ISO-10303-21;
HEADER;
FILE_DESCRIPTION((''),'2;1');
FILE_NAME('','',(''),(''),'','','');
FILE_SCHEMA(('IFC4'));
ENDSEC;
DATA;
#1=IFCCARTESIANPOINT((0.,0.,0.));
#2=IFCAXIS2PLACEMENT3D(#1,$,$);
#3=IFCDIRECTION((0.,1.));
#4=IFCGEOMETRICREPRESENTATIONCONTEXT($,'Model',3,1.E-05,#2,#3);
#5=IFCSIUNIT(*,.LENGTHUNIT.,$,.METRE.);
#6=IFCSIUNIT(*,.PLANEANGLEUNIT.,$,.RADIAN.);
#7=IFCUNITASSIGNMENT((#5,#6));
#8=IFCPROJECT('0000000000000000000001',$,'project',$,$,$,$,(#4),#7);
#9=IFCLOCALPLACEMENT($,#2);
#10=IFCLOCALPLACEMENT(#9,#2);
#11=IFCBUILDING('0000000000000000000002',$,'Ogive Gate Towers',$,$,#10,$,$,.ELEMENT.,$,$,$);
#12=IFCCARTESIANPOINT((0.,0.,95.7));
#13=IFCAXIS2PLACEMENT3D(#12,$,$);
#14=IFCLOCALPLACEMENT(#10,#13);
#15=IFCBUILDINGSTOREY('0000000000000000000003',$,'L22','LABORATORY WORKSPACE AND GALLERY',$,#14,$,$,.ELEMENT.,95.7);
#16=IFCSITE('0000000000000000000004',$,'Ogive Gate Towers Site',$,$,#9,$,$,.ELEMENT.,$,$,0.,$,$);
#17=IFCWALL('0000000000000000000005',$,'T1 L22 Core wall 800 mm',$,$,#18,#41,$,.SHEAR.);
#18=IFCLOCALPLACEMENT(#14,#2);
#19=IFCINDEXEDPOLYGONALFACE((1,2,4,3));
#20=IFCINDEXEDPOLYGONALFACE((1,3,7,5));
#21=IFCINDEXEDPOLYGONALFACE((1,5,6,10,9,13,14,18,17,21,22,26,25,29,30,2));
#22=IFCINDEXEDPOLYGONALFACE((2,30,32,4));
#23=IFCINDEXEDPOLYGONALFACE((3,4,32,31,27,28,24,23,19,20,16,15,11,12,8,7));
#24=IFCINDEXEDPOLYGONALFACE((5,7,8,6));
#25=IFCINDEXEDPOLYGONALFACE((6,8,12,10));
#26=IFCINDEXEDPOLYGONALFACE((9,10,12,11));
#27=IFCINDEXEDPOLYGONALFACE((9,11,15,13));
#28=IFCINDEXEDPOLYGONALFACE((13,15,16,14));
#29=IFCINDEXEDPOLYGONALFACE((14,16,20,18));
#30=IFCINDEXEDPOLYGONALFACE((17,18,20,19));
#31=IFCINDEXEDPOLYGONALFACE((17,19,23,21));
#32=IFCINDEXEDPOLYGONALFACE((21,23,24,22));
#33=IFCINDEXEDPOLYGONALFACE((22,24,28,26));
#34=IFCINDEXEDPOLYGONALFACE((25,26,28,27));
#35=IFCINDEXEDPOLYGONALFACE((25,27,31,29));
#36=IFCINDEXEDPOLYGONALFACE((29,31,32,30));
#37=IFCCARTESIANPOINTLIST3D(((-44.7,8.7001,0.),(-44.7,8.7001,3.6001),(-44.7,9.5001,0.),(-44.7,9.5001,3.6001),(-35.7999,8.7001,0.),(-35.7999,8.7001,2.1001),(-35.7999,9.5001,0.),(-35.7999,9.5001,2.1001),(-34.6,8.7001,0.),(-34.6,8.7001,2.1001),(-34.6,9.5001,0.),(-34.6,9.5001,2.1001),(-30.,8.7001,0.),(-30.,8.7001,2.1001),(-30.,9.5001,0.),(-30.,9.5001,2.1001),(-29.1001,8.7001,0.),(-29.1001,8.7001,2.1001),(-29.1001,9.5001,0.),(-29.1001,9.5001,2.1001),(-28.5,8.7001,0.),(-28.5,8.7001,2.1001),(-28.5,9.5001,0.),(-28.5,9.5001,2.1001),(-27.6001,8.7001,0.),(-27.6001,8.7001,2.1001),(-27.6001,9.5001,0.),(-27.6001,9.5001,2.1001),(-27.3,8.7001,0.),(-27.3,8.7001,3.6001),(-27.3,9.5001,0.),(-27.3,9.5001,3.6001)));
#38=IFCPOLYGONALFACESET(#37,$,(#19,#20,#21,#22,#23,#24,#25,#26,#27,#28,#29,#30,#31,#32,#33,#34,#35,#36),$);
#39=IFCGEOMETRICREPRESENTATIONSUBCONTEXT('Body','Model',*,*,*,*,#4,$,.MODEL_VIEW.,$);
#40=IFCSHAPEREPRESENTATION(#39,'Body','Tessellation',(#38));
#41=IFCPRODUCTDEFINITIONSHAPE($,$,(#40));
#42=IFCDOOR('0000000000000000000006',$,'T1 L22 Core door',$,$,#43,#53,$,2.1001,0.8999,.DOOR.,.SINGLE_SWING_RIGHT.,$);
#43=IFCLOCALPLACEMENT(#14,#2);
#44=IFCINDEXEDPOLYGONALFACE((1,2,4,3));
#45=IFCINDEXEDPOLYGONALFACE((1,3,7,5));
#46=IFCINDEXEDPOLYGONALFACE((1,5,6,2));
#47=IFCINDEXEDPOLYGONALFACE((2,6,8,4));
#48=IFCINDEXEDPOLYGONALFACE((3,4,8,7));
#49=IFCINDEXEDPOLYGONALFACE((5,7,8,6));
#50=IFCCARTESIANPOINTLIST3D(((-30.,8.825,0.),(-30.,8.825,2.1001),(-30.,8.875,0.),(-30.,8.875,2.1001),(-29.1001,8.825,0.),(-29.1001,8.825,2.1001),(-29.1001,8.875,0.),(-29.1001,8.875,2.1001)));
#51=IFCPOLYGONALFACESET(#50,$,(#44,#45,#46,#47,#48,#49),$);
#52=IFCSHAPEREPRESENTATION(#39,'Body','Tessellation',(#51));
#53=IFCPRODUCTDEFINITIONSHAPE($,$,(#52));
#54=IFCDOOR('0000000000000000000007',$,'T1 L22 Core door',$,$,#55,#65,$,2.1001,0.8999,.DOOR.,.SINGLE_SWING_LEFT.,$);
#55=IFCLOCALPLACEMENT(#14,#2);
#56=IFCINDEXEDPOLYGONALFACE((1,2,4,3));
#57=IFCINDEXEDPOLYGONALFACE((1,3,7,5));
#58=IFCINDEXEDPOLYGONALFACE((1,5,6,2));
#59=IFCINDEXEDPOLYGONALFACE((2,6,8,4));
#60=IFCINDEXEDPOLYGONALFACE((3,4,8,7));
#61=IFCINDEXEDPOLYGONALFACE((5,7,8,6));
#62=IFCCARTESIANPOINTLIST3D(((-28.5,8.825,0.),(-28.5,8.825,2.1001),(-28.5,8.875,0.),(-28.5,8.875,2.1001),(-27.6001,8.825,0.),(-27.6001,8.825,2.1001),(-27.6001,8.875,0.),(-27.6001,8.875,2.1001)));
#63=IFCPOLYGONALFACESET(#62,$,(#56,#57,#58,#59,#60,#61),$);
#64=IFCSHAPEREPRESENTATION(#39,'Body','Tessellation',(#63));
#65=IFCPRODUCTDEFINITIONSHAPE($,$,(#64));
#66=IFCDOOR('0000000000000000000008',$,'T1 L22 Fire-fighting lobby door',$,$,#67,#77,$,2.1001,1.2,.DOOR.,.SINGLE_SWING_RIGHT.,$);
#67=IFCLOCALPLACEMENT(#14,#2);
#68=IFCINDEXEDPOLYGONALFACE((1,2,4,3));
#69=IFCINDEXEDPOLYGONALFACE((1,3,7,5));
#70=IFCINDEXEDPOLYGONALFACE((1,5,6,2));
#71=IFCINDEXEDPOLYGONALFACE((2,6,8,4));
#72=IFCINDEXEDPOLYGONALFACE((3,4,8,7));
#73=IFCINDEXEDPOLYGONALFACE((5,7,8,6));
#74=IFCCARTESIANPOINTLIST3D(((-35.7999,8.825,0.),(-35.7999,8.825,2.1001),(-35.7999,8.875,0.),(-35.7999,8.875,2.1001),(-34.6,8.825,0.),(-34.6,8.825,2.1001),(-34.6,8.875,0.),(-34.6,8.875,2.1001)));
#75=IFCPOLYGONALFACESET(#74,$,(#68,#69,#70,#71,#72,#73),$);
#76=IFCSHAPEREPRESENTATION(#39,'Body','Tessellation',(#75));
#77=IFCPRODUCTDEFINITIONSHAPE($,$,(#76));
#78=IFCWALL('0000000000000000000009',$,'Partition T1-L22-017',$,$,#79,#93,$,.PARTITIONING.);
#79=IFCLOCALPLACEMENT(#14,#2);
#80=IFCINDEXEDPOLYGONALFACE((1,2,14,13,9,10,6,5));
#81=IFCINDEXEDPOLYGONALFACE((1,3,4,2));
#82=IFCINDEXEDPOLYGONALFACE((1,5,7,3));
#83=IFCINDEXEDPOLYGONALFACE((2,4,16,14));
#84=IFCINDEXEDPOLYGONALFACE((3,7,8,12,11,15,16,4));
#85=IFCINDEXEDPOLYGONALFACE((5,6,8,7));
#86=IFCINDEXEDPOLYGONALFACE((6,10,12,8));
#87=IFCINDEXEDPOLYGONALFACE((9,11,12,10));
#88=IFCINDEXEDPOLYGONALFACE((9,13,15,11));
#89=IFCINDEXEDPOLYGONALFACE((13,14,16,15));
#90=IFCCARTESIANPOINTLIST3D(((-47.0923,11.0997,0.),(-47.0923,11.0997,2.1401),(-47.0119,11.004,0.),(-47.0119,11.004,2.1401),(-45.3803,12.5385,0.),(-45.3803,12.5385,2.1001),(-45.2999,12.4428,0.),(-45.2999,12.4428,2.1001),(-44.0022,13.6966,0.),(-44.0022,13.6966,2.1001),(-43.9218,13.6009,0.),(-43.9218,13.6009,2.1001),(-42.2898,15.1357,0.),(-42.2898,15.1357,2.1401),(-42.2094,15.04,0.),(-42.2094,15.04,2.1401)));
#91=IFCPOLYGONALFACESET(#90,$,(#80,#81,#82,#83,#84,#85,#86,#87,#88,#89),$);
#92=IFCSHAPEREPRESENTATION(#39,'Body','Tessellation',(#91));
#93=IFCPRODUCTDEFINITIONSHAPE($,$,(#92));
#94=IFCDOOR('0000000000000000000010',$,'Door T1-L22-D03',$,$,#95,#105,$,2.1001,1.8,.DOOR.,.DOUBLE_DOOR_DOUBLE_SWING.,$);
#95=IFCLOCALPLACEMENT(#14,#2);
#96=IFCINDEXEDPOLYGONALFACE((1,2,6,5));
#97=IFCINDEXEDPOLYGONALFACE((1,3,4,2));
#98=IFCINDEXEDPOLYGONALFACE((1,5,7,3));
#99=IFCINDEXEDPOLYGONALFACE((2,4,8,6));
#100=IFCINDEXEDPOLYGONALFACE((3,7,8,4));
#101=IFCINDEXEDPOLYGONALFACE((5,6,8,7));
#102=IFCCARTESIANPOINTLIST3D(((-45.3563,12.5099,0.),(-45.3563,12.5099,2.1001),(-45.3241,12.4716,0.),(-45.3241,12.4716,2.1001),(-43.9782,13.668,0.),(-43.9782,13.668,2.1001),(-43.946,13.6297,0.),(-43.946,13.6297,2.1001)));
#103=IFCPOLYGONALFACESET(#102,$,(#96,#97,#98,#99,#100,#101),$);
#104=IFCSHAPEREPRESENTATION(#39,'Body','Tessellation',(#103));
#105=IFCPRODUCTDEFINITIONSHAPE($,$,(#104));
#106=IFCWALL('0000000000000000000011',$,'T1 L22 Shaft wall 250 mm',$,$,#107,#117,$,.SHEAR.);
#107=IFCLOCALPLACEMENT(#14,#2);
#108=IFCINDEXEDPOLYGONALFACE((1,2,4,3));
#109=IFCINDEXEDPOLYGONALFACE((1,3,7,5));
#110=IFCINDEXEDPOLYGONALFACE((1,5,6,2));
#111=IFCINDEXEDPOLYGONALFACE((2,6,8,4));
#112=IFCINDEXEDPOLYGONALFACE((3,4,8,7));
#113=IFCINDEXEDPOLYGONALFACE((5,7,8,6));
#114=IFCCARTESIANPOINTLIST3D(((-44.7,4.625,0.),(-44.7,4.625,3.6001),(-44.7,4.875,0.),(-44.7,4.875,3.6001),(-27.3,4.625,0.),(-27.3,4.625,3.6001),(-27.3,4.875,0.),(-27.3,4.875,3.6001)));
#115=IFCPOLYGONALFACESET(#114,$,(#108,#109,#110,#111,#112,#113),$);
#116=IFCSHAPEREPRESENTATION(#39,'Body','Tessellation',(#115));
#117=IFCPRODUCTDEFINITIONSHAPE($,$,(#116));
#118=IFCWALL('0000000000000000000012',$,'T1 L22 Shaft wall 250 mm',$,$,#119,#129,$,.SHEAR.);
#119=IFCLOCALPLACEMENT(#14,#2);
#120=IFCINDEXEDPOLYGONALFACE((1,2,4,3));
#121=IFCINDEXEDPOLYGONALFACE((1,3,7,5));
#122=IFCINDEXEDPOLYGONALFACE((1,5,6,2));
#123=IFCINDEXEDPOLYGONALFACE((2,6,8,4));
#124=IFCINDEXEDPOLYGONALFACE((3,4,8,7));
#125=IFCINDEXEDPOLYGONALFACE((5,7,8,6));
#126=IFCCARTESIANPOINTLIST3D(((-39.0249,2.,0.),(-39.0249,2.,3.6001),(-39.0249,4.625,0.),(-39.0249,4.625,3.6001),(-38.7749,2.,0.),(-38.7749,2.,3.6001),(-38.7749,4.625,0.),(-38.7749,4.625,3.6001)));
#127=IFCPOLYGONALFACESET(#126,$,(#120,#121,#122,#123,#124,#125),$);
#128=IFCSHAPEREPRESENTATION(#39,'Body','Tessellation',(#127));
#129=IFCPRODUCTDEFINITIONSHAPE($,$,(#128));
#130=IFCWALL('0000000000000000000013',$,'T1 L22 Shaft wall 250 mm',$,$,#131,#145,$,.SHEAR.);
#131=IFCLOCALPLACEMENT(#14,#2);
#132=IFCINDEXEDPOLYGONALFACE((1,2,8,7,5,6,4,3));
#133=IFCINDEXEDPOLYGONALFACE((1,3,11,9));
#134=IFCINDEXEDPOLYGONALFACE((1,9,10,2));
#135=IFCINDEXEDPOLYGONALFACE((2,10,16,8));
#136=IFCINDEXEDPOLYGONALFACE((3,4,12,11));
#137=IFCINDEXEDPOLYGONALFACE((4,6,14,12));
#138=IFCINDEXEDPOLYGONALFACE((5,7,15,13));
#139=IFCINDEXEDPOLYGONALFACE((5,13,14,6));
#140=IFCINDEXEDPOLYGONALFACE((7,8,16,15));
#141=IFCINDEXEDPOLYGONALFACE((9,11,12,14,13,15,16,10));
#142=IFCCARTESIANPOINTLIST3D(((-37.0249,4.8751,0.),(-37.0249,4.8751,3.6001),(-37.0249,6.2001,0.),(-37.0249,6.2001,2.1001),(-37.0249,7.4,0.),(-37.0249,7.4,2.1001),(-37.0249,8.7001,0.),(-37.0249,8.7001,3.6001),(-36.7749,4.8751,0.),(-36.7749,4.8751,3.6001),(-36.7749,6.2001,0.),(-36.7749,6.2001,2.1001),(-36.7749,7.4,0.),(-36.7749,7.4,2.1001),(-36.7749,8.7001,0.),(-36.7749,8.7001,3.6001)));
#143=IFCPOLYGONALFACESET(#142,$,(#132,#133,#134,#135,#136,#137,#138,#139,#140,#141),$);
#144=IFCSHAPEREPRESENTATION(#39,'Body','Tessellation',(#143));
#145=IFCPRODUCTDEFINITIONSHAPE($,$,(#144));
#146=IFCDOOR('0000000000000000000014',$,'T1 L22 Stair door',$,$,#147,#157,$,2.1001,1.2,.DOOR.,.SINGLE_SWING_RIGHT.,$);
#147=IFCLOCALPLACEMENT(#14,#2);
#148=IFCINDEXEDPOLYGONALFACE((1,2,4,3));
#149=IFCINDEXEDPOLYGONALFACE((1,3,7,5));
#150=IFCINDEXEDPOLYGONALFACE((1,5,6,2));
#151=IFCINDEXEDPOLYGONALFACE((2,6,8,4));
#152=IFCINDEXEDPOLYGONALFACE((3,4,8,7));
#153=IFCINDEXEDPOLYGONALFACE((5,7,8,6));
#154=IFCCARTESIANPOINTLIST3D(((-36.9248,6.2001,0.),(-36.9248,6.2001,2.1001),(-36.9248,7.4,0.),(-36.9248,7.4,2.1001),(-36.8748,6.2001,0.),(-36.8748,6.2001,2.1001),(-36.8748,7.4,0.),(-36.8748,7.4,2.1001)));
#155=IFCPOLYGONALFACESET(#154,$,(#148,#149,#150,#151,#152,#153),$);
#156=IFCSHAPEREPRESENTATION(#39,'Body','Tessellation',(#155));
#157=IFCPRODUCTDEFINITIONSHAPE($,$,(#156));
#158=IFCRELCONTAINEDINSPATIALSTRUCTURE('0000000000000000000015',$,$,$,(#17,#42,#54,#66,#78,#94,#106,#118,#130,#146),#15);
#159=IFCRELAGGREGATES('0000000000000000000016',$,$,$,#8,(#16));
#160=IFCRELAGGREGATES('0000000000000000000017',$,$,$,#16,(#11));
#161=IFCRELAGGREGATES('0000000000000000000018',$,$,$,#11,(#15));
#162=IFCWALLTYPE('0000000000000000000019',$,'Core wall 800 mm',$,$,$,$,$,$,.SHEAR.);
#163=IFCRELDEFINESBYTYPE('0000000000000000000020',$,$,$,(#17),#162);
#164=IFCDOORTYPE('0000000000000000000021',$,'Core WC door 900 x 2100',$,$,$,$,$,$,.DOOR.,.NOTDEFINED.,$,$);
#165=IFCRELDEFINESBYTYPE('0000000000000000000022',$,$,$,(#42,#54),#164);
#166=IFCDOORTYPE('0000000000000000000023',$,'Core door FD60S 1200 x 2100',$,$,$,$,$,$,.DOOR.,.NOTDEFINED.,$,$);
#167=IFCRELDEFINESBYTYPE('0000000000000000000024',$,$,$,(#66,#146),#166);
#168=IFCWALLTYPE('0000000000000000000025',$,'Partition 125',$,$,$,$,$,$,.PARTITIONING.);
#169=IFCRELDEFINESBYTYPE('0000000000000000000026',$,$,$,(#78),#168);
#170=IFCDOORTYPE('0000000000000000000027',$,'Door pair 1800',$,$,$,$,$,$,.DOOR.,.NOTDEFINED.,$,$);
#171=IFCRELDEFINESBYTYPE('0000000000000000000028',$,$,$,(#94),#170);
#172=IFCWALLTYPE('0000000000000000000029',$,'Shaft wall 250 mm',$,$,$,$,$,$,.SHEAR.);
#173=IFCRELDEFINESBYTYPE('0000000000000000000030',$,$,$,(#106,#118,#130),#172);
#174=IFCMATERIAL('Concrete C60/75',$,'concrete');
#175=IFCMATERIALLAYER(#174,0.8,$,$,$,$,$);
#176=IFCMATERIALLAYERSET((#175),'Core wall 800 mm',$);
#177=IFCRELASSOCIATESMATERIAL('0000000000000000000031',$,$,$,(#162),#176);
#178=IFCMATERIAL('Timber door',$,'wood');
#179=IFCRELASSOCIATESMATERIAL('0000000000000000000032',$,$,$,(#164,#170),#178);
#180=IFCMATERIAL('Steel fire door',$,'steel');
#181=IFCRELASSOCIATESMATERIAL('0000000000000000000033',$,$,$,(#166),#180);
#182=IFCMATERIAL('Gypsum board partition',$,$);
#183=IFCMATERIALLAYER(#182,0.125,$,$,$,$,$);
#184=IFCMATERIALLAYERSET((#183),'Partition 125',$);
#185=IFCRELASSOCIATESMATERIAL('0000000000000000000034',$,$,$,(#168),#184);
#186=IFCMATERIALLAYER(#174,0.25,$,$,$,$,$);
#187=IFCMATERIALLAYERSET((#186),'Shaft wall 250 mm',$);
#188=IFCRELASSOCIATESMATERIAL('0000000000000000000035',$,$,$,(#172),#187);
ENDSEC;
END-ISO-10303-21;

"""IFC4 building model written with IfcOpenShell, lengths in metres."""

from ifc_helpers import new_model, si_unit, direction, frame, frame_2d, origin, place, context, subcontext, project, spatial, rectangle, extrude, material, layer, layer_set, type_object, element, fill, save


model = new_model("IFC4")

# Units and contexts
model_context = context("Model", 3, precision=1e-05, world=origin(), true_north=direction((0.0, 1.0)))
body_context = subcontext(model_context, "Body", "Model", "MODEL_VIEW")
ifc_project = project(units=[si_unit("LENGTHUNIT", "METRE"), si_unit("PLANEANGLEUNIT", "RADIAN")], contexts=[model_context])

# Site, building, storey
site_placement = place(None, origin())
site = spatial("IfcSite", under=ifc_project, at=site_placement, Name="Ogive Gate Towers Site", CompositionType="ELEMENT", RefElevation=0.0)
building_placement = place(site_placement, origin())
building = spatial("IfcBuilding", under=site, at=building_placement, Name="Ogive Gate Towers", CompositionType="ELEMENT")
storey_placement = place(building_placement, frame((0.0, 0.0, 95.7)))
storey = spatial("IfcBuildingStorey", under=building, at=storey_placement, Name="L22", Description="LABORATORY WORKSPACE AND GALLERY", CompositionType="ELEMENT", Elevation=95.7)

# Wall, openings, doors
ifc_material_1 = material(Name="Concrete C60/75", Category="concrete")
ifc_layer_1 = layer(ifc_material_1, 0.8)
ifc_layer_set_1 = layer_set([ifc_layer_1], Name="Core wall 800 mm")
wall_type_1 = type_object("IfcWallType", Name="Core wall 800 mm", PredefinedType="SHEAR", material=ifc_layer_set_1)
wall_1_placement = place(storey_placement, frame((-44.7, 9.1001, 0.0), z_axis=(0.0, 0.0, 1.0), x_axis=(1.0, 0.0, 0.0)))
wall_1 = element("IfcWall", 1, at=wall_1_placement, inside=storey, type_object=wall_type_1, Name="T1 L22 Core wall 800 mm", PredefinedType="SHEAR", context=body_context, shape_type="SweptSolid", body=[
    extrude(rectangle(XDim=17.3999, YDim=0.8, at=frame_2d((8.7, 0.0))), origin(), (0.0, 0.0, 1.0), 3.6001),
])
opening_1_placement = place(wall_1_placement, frame((8.8999, 0.0, 0.0)))
opening_1 = element("IfcOpeningElement", 2, at=opening_1_placement, cuts=wall_1, PredefinedType="OPENING", context=body_context, shape_type="SweptSolid", body=[
    extrude(rectangle(XDim=1.2, YDim=2.1001, at=frame_2d((0.6001, 1.05))), frame((0.0, 0.4102, 0.0), z_axis=(0.0, -1.0, 0.0), x_axis=(1.0, 0.0, 0.0)), (0.0, 0.0, 1.0), 0.8201),
])
opening_2_placement = place(wall_1_placement, frame((14.7, 0.0, 0.0)))
opening_2 = element("IfcOpeningElement", 3, at=opening_2_placement, cuts=wall_1, PredefinedType="OPENING", context=body_context, shape_type="SweptSolid", body=[
    extrude(rectangle(XDim=0.8999, YDim=2.1001, at=frame_2d((0.45, 1.05))), frame((0.0, 0.4102, 0.0), z_axis=(0.0, -1.0, 0.0), x_axis=(1.0, 0.0, 0.0)), (0.0, 0.0, 1.0), 0.8201),
])
opening_3_placement = place(wall_1_placement, frame((16.2, 0.0, 0.0)))
opening_3 = element("IfcOpeningElement", 4, at=opening_3_placement, cuts=wall_1, PredefinedType="OPENING", context=body_context, shape_type="SweptSolid", body=[
    extrude(rectangle(XDim=0.8999, YDim=2.1001, at=frame_2d((0.45, 1.05))), frame((0.0, 0.4102, 0.0), z_axis=(0.0, -1.0, 0.0), x_axis=(1.0, 0.0, 0.0)), (0.0, 0.0, 1.0), 0.8201),
])
ifc_material_2 = material(Name="Timber door", Category="wood")
door_type_1 = type_object("IfcDoorType", Name="Core WC door 900 x 2100", OperationType="NOTDEFINED", PredefinedType="DOOR", material=ifc_material_2)
door_1_placement = place(opening_2_placement, origin())
door_1 = element("IfcDoor", 5, at=door_1_placement, inside=storey, type_object=door_type_1, Name="T1 L22 Core door", OperationType="SINGLE_SWING_RIGHT", OverallHeight=2.1001, OverallWidth=0.8999, PredefinedType="DOOR", context=body_context, shape_type="SweptSolid", body=[
    extrude(rectangle(XDim=0.8999, YDim=2.1001, at=frame_2d((0.45, 1.05))), frame((0.0, -0.2251, 0.0), z_axis=(0.0, -1.0, 0.0), x_axis=(1.0, 0.0, 0.0)), (0.0, 0.0, 1.0), 0.05),
])
fill(opening_2, door_1)
door_2_placement = place(opening_3_placement, origin())
door_2 = element("IfcDoor", 6, at=door_2_placement, inside=storey, type_object=door_type_1, Name="T1 L22 Core door", OperationType="SINGLE_SWING_LEFT", OverallHeight=2.1001, OverallWidth=0.8999, PredefinedType="DOOR", context=body_context, shape_type="SweptSolid", body=[
    extrude(rectangle(XDim=0.8999, YDim=2.1001, at=frame_2d((0.45, 1.05))), frame((0.0, -0.2251, 0.0), z_axis=(0.0, -1.0, 0.0), x_axis=(1.0, 0.0, 0.0)), (0.0, 0.0, 1.0), 0.05),
])
fill(opening_3, door_2)
ifc_material_3 = material(Name="Steel fire door", Category="steel")
door_type_2 = type_object("IfcDoorType", Name="Core door FD60S 1200 x 2100", OperationType="NOTDEFINED", PredefinedType="DOOR", material=ifc_material_3)
door_3_placement = place(opening_1_placement, origin())
door_3 = element("IfcDoor", 7, at=door_3_placement, inside=storey, type_object=door_type_2, Name="T1 L22 Fire-fighting lobby door", OperationType="SINGLE_SWING_RIGHT", OverallHeight=2.1001, OverallWidth=1.2, PredefinedType="DOOR", context=body_context, shape_type="SweptSolid", body=[
    extrude(rectangle(XDim=1.2, YDim=2.1001, at=frame_2d((0.6001, 1.05))), frame((0.0, -0.2251, 0.0), z_axis=(0.0, -1.0, 0.0), x_axis=(1.0, 0.0, 0.0)), (0.0, 0.0, 1.0), 0.05),
])
fill(opening_1, door_3)

# Wall, opening, door
ifc_material_4 = material(Name="Gypsum board partition")
ifc_layer_2 = layer(ifc_material_4, 0.125)
ifc_layer_set_2 = layer_set([ifc_layer_2], Name="Partition 125")
wall_type_2 = type_object("IfcWallType", Name="Partition 125", PredefinedType="PARTITIONING", material=ifc_layer_set_2)
wall_2_placement = place(storey_placement, frame((-42.2495, 15.0879, 0.0), z_axis=(0.0, 0.0, 1.0), x_axis=(-0.765564, -0.64336, 0.0)))
wall_2 = element("IfcWall", 8, at=wall_2_placement, inside=storey, type_object=wall_type_2, Name="Partition T1-L22-017", PredefinedType="PARTITIONING", context=body_context, shape_type="SweptSolid", body=[
    extrude(rectangle(XDim=6.2732, YDim=0.125, at=frame_2d((3.1367, 0.0))), origin(), (0.0, 0.0, 1.0), 2.1401),
])
opening_4_placement = place(wall_2_placement, frame((2.2371, 0.0, 0.0)))
opening_4 = element("IfcOpeningElement", 9, at=opening_4_placement, cuts=wall_2, PredefinedType="OPENING", context=body_context, shape_type="SweptSolid", body=[
    extrude(rectangle(XDim=1.8, YDim=2.1001, at=frame_2d((0.8999, 1.05))), frame((0.0, 0.0725, 0.0), z_axis=(0.0, -1.0, 0.0), x_axis=(1.0, 0.0, 0.0)), (0.0, 0.0, 1.0), 0.145),
])
door_type_3 = type_object("IfcDoorType", Name="Door pair 1800", OperationType="NOTDEFINED", PredefinedType="DOOR", material=ifc_material_2)
door_4_placement = place(opening_4_placement, origin())
door_4 = element("IfcDoor", 10, at=door_4_placement, inside=storey, type_object=door_type_3, Name="Door T1-L22-D03", OperationType="DOUBLE_DOOR_DOUBLE_SWING", OverallHeight=2.1001, OverallWidth=1.8, PredefinedType="DOOR", context=body_context, shape_type="SweptSolid", body=[
    extrude(rectangle(XDim=1.8, YDim=2.1001, at=frame_2d((0.8999, 1.05))), frame((0.0, 0.0249, 0.0), z_axis=(0.0, -1.0, 0.0), x_axis=(1.0, 0.0, 0.0)), (0.0, 0.0, 1.0), 0.05),
])
fill(opening_4, door_4)

# Walls
ifc_layer_3 = layer(ifc_material_1, 0.25)
ifc_layer_set_3 = layer_set([ifc_layer_3], Name="Shaft wall 250 mm")
wall_type_3 = type_object("IfcWallType", Name="Shaft wall 250 mm", PredefinedType="SHEAR", material=ifc_layer_set_3)
wall_3_placement = place(storey_placement, frame((-44.7, 4.75, 0.0), z_axis=(0.0, 0.0, 1.0), x_axis=(1.0, 0.0, 0.0)))
element("IfcWall", 11, at=wall_3_placement, inside=storey, type_object=wall_type_3, Name="T1 L22 Shaft wall 250 mm", PredefinedType="SHEAR", context=body_context, shape_type="SweptSolid", body=[
    extrude(rectangle(XDim=17.3999, YDim=0.25, at=frame_2d((8.7, 0.0))), origin(), (0.0, 0.0, 1.0), 3.6001),
])
wall_4_placement = place(storey_placement, frame((-38.8999, 2.0, 0.0), z_axis=(0.0, 0.0, 1.0), x_axis=(0.0, 1.0, 0.0)))
element("IfcWall", 12, at=wall_4_placement, inside=storey, type_object=wall_type_3, Name="T1 L22 Shaft wall 250 mm", PredefinedType="SHEAR", context=body_context, shape_type="SweptSolid", body=[
    extrude(rectangle(XDim=2.625, YDim=0.25, at=frame_2d((1.3125, 0.0))), origin(), (0.0, 0.0, 1.0), 3.6001),
])

# Wall, opening, door
wall_5_placement = place(storey_placement, frame((-36.8999, 4.875, 0.0), z_axis=(0.0, 0.0, 1.0), x_axis=(0.0, 1.0, 0.0)))
wall_5 = element("IfcWall", 13, at=wall_5_placement, inside=storey, type_object=wall_type_3, Name="T1 L22 Shaft wall 250 mm", PredefinedType="SHEAR", context=body_context, shape_type="SweptSolid", body=[
    extrude(rectangle(XDim=3.825, YDim=0.25, at=frame_2d((1.9126, 0.0))), origin(), (0.0, 0.0, 1.0), 3.6001),
])
opening_5_placement = place(wall_5_placement, frame((1.325, 0.0, 0.0)))
opening_5 = element("IfcOpeningElement", 14, at=opening_5_placement, cuts=wall_5, PredefinedType="OPENING", context=body_context, shape_type="SweptSolid", body=[
    extrude(rectangle(XDim=1.2, YDim=2.1001, at=frame_2d((0.6001, 1.05))), frame((0.0, 0.135, 0.0), z_axis=(0.0, -1.0, 0.0), x_axis=(1.0, 0.0, 0.0)), (0.0, 0.0, 1.0), 0.27),
])
door_5_placement = place(opening_5_placement, origin())
door_5 = element("IfcDoor", 15, at=door_5_placement, inside=storey, type_object=door_type_2, Name="T1 L22 Stair door", OperationType="SINGLE_SWING_RIGHT", OverallHeight=2.1001, OverallWidth=1.2, PredefinedType="DOOR", context=body_context, shape_type="SweptSolid", body=[
    extrude(rectangle(XDim=1.2, YDim=2.1001, at=frame_2d((0.6001, 1.05))), frame((0.0, 0.0249, 0.0), z_axis=(0.0, -1.0, 0.0), x_axis=(1.0, 0.0, 0.0)), (0.0, 0.0, 1.0), 0.05),
])
fill(opening_5, door_5)

save(model, "model.ifc")
